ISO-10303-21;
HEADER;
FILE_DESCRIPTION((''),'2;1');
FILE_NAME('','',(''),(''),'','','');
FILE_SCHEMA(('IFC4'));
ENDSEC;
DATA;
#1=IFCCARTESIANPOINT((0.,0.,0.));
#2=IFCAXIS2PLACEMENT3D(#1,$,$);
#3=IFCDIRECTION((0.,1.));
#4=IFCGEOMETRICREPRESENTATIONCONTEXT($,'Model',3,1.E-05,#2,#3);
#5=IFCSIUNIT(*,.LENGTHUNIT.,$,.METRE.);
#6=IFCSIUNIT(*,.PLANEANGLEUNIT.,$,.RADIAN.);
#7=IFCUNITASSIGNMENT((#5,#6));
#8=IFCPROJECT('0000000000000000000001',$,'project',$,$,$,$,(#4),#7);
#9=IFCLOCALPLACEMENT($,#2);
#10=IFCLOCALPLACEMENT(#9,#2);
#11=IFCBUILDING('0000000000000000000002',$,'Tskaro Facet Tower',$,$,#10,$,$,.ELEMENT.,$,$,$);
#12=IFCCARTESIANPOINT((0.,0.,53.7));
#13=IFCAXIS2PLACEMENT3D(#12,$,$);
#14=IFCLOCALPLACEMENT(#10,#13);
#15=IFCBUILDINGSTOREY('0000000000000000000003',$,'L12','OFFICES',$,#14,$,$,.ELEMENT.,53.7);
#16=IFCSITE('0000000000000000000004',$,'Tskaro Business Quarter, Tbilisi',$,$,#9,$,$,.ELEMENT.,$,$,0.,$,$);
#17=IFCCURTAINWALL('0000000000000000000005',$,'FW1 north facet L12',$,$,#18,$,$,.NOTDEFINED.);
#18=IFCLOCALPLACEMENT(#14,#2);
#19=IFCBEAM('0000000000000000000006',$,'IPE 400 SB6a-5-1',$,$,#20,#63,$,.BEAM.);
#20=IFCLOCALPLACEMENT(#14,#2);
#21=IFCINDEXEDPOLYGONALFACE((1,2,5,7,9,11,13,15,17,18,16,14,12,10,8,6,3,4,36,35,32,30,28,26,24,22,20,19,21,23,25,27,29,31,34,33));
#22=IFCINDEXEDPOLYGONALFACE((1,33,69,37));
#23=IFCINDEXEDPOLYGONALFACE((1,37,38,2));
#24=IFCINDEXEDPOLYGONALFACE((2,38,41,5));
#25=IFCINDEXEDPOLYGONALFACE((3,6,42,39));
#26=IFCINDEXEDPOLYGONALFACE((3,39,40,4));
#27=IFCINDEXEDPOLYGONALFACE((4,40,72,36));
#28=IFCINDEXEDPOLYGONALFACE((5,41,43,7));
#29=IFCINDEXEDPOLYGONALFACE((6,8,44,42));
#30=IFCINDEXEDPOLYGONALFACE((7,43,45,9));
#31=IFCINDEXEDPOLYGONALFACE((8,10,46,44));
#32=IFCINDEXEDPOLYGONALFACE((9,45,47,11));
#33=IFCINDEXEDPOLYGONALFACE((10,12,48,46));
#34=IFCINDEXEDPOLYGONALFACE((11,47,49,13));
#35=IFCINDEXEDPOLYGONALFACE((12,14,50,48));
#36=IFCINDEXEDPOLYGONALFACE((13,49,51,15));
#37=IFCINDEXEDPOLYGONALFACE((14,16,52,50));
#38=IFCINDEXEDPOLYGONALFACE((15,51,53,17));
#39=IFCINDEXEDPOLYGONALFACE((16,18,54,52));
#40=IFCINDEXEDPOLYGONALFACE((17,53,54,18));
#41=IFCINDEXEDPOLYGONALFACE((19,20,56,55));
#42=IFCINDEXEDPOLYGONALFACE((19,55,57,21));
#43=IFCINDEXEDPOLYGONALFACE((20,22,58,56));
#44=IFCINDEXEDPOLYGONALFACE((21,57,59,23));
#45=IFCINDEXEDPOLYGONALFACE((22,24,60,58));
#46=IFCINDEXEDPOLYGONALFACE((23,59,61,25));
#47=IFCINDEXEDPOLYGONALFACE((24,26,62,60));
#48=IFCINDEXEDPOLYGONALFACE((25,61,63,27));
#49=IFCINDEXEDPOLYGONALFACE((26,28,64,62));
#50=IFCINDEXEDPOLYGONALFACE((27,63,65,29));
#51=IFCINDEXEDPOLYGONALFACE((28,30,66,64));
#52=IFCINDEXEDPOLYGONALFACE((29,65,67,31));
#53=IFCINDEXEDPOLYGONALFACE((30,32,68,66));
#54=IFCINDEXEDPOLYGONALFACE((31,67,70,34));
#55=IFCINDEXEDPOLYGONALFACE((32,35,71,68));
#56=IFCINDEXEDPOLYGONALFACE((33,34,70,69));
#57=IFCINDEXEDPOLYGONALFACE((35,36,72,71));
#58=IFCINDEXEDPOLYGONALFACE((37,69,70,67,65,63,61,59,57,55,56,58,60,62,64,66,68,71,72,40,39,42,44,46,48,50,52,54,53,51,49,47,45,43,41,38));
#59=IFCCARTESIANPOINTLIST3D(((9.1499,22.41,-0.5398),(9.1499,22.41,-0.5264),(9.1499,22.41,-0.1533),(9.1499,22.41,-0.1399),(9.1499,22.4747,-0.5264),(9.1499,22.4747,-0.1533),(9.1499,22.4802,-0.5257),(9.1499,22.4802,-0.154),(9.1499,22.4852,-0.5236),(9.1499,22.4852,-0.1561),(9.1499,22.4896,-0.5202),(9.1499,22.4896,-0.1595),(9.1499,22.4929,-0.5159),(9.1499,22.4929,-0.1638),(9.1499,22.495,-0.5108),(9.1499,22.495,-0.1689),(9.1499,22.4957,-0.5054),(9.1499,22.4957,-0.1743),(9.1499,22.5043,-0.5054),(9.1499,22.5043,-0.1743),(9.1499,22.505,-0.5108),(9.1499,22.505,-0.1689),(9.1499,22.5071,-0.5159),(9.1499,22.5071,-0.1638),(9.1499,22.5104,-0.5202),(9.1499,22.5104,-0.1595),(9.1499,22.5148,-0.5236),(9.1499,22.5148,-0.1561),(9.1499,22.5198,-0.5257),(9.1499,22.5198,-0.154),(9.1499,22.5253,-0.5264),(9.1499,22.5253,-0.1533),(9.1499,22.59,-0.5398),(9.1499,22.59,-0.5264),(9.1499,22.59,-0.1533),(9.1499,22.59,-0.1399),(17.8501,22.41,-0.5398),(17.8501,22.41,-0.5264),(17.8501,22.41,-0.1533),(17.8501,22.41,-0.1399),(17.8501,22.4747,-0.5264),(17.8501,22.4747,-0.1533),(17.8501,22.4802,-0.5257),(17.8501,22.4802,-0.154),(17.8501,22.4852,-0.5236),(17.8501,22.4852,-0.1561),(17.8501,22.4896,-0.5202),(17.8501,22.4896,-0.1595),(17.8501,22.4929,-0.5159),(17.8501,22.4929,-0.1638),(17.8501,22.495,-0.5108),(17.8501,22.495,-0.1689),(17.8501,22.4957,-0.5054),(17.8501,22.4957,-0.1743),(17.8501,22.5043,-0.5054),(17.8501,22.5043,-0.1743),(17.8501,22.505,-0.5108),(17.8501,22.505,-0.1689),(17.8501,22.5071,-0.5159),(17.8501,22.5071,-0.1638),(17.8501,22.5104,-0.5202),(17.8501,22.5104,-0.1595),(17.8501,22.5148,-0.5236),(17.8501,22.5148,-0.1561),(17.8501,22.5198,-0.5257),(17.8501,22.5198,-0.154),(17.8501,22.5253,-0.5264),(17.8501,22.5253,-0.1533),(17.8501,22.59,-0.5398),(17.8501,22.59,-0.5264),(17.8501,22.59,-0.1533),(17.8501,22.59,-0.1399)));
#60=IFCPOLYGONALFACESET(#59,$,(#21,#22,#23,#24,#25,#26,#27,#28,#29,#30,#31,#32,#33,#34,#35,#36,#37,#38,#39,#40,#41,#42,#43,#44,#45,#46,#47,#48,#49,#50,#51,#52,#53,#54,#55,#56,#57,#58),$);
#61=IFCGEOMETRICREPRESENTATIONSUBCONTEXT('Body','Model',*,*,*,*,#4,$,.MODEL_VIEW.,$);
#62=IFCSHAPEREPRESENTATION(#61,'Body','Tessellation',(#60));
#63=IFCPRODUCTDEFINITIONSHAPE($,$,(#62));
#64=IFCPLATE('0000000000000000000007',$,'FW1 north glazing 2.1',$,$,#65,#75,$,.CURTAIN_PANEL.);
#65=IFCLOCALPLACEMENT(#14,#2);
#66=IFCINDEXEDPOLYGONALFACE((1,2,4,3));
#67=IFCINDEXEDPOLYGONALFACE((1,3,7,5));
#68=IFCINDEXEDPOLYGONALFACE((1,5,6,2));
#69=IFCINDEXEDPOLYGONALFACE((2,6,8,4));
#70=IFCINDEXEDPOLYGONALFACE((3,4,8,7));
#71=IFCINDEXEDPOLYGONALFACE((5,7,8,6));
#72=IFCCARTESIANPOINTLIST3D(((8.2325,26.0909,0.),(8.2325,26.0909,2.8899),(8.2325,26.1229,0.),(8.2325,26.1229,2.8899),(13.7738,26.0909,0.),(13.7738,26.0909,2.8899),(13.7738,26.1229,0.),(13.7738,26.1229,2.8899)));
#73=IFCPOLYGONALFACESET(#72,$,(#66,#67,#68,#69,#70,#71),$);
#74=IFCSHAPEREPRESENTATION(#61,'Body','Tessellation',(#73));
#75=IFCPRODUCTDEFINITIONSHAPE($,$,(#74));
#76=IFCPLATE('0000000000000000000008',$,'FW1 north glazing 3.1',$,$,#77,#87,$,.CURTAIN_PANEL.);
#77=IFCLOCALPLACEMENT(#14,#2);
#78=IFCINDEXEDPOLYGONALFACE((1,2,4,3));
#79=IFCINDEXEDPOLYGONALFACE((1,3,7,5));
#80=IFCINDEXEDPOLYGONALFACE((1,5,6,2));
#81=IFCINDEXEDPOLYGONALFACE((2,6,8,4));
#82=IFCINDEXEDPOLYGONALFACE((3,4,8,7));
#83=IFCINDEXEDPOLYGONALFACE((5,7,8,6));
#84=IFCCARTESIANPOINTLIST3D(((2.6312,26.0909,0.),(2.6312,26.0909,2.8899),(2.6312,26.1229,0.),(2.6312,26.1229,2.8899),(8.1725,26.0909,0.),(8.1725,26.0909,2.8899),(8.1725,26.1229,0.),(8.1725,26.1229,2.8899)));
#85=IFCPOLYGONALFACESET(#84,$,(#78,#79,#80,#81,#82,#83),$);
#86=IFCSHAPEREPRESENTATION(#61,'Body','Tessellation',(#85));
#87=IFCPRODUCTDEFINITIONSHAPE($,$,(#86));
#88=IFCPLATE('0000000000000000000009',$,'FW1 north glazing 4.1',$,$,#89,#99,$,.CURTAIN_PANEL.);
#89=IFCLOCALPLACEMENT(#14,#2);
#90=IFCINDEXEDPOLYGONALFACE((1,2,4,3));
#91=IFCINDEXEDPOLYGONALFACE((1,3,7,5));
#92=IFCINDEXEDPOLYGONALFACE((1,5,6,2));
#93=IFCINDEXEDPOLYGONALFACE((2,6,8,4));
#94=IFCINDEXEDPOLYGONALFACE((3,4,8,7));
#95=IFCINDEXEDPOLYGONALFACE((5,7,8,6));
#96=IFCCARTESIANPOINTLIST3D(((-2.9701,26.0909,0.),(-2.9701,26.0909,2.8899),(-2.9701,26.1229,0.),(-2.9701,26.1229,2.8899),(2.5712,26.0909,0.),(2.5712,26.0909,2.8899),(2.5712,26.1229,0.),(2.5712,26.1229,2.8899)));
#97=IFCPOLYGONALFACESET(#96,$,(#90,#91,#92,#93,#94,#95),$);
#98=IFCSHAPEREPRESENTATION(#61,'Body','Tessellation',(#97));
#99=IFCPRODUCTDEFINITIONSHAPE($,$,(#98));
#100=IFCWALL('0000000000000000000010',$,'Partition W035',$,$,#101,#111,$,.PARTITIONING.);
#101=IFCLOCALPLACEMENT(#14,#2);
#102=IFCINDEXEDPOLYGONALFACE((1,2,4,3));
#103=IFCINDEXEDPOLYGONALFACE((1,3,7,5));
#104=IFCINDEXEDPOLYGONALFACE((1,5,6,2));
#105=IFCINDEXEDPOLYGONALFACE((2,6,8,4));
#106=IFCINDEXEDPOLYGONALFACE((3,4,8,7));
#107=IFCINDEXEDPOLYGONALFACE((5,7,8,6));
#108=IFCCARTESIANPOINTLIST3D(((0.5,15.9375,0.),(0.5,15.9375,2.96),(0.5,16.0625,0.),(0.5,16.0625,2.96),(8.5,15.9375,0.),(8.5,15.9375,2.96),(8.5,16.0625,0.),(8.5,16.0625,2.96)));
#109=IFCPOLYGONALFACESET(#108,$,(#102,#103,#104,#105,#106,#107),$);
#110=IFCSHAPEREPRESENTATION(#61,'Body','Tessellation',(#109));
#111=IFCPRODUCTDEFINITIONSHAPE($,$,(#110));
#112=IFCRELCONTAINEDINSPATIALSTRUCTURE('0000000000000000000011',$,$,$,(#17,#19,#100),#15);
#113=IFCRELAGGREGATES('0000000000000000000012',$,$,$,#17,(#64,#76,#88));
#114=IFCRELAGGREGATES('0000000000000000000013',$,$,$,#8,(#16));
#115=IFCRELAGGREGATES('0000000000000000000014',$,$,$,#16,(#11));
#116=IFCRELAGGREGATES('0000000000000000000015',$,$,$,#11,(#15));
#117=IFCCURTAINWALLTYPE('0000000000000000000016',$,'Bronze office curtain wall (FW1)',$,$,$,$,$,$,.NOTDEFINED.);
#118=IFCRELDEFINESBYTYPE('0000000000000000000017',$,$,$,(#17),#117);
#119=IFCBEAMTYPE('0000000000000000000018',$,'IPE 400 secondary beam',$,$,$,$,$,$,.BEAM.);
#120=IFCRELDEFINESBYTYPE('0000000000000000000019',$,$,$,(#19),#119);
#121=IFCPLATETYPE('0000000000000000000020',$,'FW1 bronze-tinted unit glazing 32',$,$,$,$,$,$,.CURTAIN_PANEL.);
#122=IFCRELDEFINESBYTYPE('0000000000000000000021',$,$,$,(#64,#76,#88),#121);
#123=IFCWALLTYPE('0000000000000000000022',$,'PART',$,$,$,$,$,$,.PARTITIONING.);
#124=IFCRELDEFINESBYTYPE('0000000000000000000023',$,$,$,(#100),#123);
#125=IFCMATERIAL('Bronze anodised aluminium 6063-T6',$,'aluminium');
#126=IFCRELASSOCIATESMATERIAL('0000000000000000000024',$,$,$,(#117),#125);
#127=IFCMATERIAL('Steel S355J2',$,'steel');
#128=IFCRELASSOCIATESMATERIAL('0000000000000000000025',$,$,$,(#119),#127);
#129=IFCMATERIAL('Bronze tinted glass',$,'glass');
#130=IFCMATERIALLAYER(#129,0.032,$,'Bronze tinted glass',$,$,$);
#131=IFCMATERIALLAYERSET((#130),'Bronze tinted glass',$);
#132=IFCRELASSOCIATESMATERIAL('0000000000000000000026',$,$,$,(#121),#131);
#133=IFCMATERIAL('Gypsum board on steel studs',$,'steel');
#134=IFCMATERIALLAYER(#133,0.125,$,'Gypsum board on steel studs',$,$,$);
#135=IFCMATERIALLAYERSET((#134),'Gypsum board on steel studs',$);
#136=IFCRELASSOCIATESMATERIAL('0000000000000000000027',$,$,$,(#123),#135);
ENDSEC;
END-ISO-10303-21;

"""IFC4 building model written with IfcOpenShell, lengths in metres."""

from ifc_helpers import new_model, si_unit, direction, frame, frame_2d, origin, origin_2d, place, context, subcontext, project, spatial, rectangle, i_section, extrude, material, layer, layer_set, material_profile, profile_set, type_object, element, aggregate, save


model = new_model("IFC4")

# Units and contexts
model_context = context("Model", 3, precision=1e-05, world=origin(), true_north=direction((0.0, 1.0)))
body_context = subcontext(model_context, "Body", "Model", "MODEL_VIEW")
ifc_project = project(units=[si_unit("LENGTHUNIT", "METRE"), si_unit("PLANEANGLEUNIT", "RADIAN")], contexts=[model_context])

# Site, building, storey
site_placement = place(None, origin())
site = spatial("IfcSite", under=ifc_project, at=site_placement, Name="Tskaro Business Quarter, Tbilisi", CompositionType="ELEMENT", RefElevation=0.0)
building_placement = place(site_placement, origin())
building = spatial("IfcBuilding", under=site, at=building_placement, Name="Tskaro Facet Tower", CompositionType="ELEMENT")
storey_placement = place(building_placement, frame((0.0, 0.0, 53.7)))
storey = spatial("IfcBuildingStorey", under=building, at=storey_placement, Name="L12", Description="OFFICES", CompositionType="ELEMENT", Elevation=53.7)

# Curtain wall
ifc_material_1 = material(Name="Bronze anodised aluminium 6063-T6", Category="aluminium")
curtain_wall_type = type_object("IfcCurtainWallType", Name="Bronze office curtain wall (FW1)", PredefinedType="NOTDEFINED", material=ifc_material_1)
curtain_wall_placement = place(storey_placement, origin())
curtain_wall = element("IfcCurtainWall", 1, at=curtain_wall_placement, inside=storey, type_object=curtain_wall_type, Name="FW1 north facet L12", PredefinedType="NOTDEFINED")

# Beam
ifc_material_2 = material(Name="Steel S355J2", Category="steel")
ifc_material_profile_1 = material_profile(ifc_material_2, i_section(OverallWidth=0.1799, OverallDepth=0.3999, WebThickness=0.0085, FlangeThickness=0.0134, FilletRadius=0.021, at=origin_2d()), Name="IPE 400")
ifc_profile_set_1 = profile_set([ifc_material_profile_1], Name="Steel S355J2")
beam_type_1 = type_object("IfcBeamType", Name="IPE 400 secondary beam", PredefinedType="BEAM", material=ifc_profile_set_1)
for number, where, z_axis, x_axis, name in (
    (2, (9.1499, 22.5, -0.3398), (1.0, 0.0, 0.0), (0.0, 1.0, 0.0), "IPE 400 SB6a-5-1"),
):
    element("IfcBeam", number, at=place(storey_placement, frame(where, z_axis=z_axis, x_axis=x_axis)), inside=storey, type_object=beam_type_1, Name=name, PredefinedType="BEAM", context=body_context, shape_type="SweptSolid", body=[
        extrude(i_section(OverallWidth=0.1799, OverallDepth=0.3999, WebThickness=0.0085, FlangeThickness=0.0134, FilletRadius=0.021, at=origin_2d()), origin(), (0.0, 0.0, 1.0), 8.7002),
    ])

# Plates
ifc_material_3 = material(Name="Bronze tinted glass", Category="glass")
ifc_layer_1 = layer(ifc_material_3, 0.032, Name="Bronze tinted glass")
ifc_layer_set_1 = layer_set([ifc_layer_1], Name="Bronze tinted glass")
plate_type = type_object("IfcPlateType", Name="FW1 bronze-tinted unit glazing 32", PredefinedType="CURTAIN_PANEL", material=ifc_layer_set_1)
plate_1_placement = place(storey_placement, frame((11.0032, 26.1069, 0.0), z_axis=(0.0, 0.0, 1.0), x_axis=(-1.0, 0.0, 0.0)))
plate_1 = element("IfcPlate", 3, at=plate_1_placement, type_object=plate_type, Name="FW1 north glazing 2.1", PredefinedType="CURTAIN_PANEL", context=body_context, shape_type="SweptSolid", body=[
    extrude(rectangle(XDim=5.5413, YDim=0.032, at=origin_2d()), origin(), (0.0, 0.0, 1.0), 2.8899),
])
plate_2_placement = place(storey_placement, frame((5.4019, 26.1069, 0.0), z_axis=(0.0, 0.0, 1.0), x_axis=(-1.0, 0.0, 0.0)))
plate_2 = element("IfcPlate", 4, at=plate_2_placement, type_object=plate_type, Name="FW1 north glazing 3.1", PredefinedType="CURTAIN_PANEL", context=body_context, shape_type="SweptSolid", body=[
    extrude(rectangle(XDim=5.5413, YDim=0.032, at=origin_2d()), origin(), (0.0, 0.0, 1.0), 2.8899),
])
plate_3_placement = place(storey_placement, frame((-0.1995, 26.1069, 0.0), z_axis=(0.0, 0.0, 1.0), x_axis=(-1.0, 0.0, 0.0)))
plate_3 = element("IfcPlate", 5, at=plate_3_placement, type_object=plate_type, Name="FW1 north glazing 4.1", PredefinedType="CURTAIN_PANEL", context=body_context, shape_type="SweptSolid", body=[
    extrude(rectangle(XDim=5.5413, YDim=0.032, at=origin_2d()), origin(), (0.0, 0.0, 1.0), 2.8899),
])
aggregate(curtain_wall, [plate_1, plate_2, plate_3])

# Wall
ifc_material_4 = material(Name="Gypsum board on steel studs", Category="steel")
ifc_layer_2 = layer(ifc_material_4, 0.125, Name="Gypsum board on steel studs")
ifc_layer_set_2 = layer_set([ifc_layer_2], Name="Gypsum board on steel studs")
wall_type = type_object("IfcWallType", Name="PART", PredefinedType="PARTITIONING", material=ifc_layer_set_2)
wall_placement = place(storey_placement, frame((0.5, 16.0, 0.0), z_axis=(0.0, 0.0, 1.0), x_axis=(1.0, 0.0, 0.0)))
element("IfcWall", 6, at=wall_placement, inside=storey, type_object=wall_type, Name="Partition W035", PredefinedType="PARTITIONING", context=body_context, shape_type="SweptSolid", body=[
    extrude(rectangle(XDim=8.0, YDim=0.125, at=frame_2d((4.0, 0.0))), origin(), (0.0, 0.0, 1.0), 2.96),
])

save(model, "model.ifc")
